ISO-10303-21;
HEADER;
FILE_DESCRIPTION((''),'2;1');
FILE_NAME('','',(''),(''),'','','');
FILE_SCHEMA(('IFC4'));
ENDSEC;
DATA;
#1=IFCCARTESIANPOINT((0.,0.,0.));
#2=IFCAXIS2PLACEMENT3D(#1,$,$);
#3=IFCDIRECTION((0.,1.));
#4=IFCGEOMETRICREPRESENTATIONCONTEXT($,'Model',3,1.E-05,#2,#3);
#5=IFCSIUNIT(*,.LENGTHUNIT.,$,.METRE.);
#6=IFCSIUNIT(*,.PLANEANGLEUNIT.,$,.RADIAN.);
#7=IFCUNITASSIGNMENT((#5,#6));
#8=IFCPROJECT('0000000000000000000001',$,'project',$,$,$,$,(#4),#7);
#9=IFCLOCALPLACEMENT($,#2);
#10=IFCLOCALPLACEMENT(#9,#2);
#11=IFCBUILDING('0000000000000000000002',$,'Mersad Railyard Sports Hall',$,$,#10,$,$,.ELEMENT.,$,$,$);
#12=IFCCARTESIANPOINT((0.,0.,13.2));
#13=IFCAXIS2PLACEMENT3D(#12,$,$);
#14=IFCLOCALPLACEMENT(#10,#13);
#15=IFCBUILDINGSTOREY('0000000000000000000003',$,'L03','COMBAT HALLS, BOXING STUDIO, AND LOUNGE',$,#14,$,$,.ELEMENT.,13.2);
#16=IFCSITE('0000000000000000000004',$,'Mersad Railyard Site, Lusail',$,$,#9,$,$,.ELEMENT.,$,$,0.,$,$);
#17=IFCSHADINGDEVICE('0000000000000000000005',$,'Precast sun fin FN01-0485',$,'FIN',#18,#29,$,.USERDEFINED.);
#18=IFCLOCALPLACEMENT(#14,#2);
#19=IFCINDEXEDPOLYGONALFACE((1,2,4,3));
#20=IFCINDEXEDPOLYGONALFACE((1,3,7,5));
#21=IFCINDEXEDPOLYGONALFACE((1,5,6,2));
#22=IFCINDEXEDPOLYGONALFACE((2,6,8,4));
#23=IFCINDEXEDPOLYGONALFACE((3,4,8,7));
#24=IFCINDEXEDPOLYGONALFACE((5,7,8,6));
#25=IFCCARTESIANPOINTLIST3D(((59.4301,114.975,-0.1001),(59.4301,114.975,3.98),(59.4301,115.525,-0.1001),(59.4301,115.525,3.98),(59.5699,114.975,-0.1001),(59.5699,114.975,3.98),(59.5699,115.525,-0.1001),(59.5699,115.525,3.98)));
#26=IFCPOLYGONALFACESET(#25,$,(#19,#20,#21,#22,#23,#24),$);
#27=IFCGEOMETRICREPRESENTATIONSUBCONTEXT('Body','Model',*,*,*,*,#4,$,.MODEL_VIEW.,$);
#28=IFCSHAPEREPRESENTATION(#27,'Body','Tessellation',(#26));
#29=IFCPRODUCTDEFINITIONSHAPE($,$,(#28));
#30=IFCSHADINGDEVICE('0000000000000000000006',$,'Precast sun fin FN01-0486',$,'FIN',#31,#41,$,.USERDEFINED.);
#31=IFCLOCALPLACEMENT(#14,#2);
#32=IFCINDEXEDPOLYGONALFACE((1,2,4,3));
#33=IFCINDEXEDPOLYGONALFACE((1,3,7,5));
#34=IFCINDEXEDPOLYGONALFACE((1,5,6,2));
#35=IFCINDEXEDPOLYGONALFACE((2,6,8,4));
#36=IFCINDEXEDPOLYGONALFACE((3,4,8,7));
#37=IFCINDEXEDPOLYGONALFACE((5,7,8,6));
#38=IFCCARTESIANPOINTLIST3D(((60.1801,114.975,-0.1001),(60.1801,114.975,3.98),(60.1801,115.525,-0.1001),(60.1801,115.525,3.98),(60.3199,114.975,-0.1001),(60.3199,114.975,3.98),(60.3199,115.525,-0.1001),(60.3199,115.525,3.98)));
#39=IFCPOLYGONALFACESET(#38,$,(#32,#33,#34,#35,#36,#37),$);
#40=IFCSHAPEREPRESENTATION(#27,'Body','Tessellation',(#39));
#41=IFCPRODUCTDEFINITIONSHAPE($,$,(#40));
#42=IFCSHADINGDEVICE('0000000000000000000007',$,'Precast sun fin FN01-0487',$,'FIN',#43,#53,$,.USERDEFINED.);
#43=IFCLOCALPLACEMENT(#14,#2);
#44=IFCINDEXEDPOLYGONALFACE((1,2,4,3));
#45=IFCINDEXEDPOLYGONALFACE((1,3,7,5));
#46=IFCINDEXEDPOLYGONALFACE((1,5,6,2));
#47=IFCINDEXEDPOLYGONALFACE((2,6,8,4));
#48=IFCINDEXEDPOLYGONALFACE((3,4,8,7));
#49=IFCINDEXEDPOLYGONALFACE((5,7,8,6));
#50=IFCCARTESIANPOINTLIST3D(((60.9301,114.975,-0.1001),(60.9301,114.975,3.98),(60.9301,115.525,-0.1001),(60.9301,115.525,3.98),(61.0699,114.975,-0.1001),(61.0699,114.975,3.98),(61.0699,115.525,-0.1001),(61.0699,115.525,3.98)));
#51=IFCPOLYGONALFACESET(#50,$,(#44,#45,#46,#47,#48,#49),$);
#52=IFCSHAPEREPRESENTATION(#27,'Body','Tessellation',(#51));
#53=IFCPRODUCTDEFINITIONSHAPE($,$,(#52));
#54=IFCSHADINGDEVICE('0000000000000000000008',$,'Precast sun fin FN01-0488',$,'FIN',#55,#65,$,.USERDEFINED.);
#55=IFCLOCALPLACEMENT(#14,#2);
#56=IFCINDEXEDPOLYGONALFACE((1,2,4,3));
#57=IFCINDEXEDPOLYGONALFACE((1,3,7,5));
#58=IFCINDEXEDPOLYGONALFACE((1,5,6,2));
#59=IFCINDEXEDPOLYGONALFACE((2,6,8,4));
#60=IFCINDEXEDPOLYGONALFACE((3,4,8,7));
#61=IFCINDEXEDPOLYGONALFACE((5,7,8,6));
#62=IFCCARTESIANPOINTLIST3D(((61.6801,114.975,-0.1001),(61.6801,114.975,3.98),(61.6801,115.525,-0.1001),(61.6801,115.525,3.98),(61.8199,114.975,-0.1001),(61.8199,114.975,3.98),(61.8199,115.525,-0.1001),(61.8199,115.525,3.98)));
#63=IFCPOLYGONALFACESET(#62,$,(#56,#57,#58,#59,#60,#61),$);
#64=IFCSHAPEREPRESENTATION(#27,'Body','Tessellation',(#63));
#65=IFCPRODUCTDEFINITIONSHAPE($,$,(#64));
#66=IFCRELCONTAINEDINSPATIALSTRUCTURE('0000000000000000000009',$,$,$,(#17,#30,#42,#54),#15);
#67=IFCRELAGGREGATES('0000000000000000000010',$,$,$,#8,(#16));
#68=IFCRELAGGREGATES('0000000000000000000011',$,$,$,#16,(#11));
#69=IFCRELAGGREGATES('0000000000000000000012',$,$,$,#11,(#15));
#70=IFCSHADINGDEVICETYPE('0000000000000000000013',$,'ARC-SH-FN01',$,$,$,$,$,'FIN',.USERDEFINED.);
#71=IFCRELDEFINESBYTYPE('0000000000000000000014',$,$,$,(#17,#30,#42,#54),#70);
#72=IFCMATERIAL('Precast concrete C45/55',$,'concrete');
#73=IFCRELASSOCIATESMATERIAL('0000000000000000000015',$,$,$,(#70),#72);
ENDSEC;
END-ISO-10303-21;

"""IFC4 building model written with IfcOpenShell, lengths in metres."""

from ifc_helpers import new_model, si_unit, direction, frame, origin, origin_2d, place, context, subcontext, project, spatial, rectangle, extrude, material, type_object, element, save


model = new_model("IFC4")

# Units and contexts
model_context = context("Model", 3, precision=1e-05, world=origin(), true_north=direction((0.0, 1.0)))
body_context = subcontext(model_context, "Body", "Model", "MODEL_VIEW")
ifc_project = project(units=[si_unit("LENGTHUNIT", "METRE"), si_unit("PLANEANGLEUNIT", "RADIAN")], contexts=[model_context])

# Site, building, storey
site_placement = place(None, origin())
site = spatial("IfcSite", under=ifc_project, at=site_placement, Name="Mersad Railyard Site, Lusail", CompositionType="ELEMENT", RefElevation=0.0)
building_placement = place(site_placement, origin())
building = spatial("IfcBuilding", under=site, at=building_placement, Name="Mersad Railyard Sports Hall", CompositionType="ELEMENT")
storey_placement = place(building_placement, frame((0.0, 0.0, 13.2)))
storey = spatial("IfcBuildingStorey", under=building, at=storey_placement, Name="L03", Description="COMBAT HALLS, BOXING STUDIO, AND LOUNGE", CompositionType="ELEMENT", Elevation=13.2)

# Shading devices
ifc_material_1 = material(Name="Precast concrete C45/55", Category="concrete")
shading_device_type = type_object("IfcShadingDeviceType", Name="ARC-SH-FN01", ElementType="FIN", PredefinedType="USERDEFINED", material=ifc_material_1)
for number, where, z_axis, x_axis, name in (
    (1, (59.5, 115.25, -0.1001), (0.0, 0.0, 1.0), (1.0, 0.0, 0.0), "Precast sun fin FN01-0485"),
    (2, (60.25, 115.25, -0.1001), (0.0, 0.0, 1.0), (1.0, 0.0, 0.0), "Precast sun fin FN01-0486"),
    (3, (61.0, 115.25, -0.1001), (0.0, 0.0, 1.0), (1.0, 0.0, 0.0), "Precast sun fin FN01-0487"),
    (4, (61.75, 115.25, -0.1001), (0.0, 0.0, 1.0), (1.0, 0.0, 0.0), "Precast sun fin FN01-0488"),
):
    element("IfcShadingDevice", number, at=place(storey_placement, frame(where, z_axis=z_axis, x_axis=x_axis)), inside=storey, type_object=shading_device_type, Name=name, ObjectType="FIN", PredefinedType="USERDEFINED", context=body_context, shape_type="SweptSolid", body=[
        extrude(rectangle(XDim=0.1399, YDim=0.55, at=origin_2d()), origin(), (0.0, 0.0, 1.0), 4.0801),
    ])

save(model, "model.ifc")
